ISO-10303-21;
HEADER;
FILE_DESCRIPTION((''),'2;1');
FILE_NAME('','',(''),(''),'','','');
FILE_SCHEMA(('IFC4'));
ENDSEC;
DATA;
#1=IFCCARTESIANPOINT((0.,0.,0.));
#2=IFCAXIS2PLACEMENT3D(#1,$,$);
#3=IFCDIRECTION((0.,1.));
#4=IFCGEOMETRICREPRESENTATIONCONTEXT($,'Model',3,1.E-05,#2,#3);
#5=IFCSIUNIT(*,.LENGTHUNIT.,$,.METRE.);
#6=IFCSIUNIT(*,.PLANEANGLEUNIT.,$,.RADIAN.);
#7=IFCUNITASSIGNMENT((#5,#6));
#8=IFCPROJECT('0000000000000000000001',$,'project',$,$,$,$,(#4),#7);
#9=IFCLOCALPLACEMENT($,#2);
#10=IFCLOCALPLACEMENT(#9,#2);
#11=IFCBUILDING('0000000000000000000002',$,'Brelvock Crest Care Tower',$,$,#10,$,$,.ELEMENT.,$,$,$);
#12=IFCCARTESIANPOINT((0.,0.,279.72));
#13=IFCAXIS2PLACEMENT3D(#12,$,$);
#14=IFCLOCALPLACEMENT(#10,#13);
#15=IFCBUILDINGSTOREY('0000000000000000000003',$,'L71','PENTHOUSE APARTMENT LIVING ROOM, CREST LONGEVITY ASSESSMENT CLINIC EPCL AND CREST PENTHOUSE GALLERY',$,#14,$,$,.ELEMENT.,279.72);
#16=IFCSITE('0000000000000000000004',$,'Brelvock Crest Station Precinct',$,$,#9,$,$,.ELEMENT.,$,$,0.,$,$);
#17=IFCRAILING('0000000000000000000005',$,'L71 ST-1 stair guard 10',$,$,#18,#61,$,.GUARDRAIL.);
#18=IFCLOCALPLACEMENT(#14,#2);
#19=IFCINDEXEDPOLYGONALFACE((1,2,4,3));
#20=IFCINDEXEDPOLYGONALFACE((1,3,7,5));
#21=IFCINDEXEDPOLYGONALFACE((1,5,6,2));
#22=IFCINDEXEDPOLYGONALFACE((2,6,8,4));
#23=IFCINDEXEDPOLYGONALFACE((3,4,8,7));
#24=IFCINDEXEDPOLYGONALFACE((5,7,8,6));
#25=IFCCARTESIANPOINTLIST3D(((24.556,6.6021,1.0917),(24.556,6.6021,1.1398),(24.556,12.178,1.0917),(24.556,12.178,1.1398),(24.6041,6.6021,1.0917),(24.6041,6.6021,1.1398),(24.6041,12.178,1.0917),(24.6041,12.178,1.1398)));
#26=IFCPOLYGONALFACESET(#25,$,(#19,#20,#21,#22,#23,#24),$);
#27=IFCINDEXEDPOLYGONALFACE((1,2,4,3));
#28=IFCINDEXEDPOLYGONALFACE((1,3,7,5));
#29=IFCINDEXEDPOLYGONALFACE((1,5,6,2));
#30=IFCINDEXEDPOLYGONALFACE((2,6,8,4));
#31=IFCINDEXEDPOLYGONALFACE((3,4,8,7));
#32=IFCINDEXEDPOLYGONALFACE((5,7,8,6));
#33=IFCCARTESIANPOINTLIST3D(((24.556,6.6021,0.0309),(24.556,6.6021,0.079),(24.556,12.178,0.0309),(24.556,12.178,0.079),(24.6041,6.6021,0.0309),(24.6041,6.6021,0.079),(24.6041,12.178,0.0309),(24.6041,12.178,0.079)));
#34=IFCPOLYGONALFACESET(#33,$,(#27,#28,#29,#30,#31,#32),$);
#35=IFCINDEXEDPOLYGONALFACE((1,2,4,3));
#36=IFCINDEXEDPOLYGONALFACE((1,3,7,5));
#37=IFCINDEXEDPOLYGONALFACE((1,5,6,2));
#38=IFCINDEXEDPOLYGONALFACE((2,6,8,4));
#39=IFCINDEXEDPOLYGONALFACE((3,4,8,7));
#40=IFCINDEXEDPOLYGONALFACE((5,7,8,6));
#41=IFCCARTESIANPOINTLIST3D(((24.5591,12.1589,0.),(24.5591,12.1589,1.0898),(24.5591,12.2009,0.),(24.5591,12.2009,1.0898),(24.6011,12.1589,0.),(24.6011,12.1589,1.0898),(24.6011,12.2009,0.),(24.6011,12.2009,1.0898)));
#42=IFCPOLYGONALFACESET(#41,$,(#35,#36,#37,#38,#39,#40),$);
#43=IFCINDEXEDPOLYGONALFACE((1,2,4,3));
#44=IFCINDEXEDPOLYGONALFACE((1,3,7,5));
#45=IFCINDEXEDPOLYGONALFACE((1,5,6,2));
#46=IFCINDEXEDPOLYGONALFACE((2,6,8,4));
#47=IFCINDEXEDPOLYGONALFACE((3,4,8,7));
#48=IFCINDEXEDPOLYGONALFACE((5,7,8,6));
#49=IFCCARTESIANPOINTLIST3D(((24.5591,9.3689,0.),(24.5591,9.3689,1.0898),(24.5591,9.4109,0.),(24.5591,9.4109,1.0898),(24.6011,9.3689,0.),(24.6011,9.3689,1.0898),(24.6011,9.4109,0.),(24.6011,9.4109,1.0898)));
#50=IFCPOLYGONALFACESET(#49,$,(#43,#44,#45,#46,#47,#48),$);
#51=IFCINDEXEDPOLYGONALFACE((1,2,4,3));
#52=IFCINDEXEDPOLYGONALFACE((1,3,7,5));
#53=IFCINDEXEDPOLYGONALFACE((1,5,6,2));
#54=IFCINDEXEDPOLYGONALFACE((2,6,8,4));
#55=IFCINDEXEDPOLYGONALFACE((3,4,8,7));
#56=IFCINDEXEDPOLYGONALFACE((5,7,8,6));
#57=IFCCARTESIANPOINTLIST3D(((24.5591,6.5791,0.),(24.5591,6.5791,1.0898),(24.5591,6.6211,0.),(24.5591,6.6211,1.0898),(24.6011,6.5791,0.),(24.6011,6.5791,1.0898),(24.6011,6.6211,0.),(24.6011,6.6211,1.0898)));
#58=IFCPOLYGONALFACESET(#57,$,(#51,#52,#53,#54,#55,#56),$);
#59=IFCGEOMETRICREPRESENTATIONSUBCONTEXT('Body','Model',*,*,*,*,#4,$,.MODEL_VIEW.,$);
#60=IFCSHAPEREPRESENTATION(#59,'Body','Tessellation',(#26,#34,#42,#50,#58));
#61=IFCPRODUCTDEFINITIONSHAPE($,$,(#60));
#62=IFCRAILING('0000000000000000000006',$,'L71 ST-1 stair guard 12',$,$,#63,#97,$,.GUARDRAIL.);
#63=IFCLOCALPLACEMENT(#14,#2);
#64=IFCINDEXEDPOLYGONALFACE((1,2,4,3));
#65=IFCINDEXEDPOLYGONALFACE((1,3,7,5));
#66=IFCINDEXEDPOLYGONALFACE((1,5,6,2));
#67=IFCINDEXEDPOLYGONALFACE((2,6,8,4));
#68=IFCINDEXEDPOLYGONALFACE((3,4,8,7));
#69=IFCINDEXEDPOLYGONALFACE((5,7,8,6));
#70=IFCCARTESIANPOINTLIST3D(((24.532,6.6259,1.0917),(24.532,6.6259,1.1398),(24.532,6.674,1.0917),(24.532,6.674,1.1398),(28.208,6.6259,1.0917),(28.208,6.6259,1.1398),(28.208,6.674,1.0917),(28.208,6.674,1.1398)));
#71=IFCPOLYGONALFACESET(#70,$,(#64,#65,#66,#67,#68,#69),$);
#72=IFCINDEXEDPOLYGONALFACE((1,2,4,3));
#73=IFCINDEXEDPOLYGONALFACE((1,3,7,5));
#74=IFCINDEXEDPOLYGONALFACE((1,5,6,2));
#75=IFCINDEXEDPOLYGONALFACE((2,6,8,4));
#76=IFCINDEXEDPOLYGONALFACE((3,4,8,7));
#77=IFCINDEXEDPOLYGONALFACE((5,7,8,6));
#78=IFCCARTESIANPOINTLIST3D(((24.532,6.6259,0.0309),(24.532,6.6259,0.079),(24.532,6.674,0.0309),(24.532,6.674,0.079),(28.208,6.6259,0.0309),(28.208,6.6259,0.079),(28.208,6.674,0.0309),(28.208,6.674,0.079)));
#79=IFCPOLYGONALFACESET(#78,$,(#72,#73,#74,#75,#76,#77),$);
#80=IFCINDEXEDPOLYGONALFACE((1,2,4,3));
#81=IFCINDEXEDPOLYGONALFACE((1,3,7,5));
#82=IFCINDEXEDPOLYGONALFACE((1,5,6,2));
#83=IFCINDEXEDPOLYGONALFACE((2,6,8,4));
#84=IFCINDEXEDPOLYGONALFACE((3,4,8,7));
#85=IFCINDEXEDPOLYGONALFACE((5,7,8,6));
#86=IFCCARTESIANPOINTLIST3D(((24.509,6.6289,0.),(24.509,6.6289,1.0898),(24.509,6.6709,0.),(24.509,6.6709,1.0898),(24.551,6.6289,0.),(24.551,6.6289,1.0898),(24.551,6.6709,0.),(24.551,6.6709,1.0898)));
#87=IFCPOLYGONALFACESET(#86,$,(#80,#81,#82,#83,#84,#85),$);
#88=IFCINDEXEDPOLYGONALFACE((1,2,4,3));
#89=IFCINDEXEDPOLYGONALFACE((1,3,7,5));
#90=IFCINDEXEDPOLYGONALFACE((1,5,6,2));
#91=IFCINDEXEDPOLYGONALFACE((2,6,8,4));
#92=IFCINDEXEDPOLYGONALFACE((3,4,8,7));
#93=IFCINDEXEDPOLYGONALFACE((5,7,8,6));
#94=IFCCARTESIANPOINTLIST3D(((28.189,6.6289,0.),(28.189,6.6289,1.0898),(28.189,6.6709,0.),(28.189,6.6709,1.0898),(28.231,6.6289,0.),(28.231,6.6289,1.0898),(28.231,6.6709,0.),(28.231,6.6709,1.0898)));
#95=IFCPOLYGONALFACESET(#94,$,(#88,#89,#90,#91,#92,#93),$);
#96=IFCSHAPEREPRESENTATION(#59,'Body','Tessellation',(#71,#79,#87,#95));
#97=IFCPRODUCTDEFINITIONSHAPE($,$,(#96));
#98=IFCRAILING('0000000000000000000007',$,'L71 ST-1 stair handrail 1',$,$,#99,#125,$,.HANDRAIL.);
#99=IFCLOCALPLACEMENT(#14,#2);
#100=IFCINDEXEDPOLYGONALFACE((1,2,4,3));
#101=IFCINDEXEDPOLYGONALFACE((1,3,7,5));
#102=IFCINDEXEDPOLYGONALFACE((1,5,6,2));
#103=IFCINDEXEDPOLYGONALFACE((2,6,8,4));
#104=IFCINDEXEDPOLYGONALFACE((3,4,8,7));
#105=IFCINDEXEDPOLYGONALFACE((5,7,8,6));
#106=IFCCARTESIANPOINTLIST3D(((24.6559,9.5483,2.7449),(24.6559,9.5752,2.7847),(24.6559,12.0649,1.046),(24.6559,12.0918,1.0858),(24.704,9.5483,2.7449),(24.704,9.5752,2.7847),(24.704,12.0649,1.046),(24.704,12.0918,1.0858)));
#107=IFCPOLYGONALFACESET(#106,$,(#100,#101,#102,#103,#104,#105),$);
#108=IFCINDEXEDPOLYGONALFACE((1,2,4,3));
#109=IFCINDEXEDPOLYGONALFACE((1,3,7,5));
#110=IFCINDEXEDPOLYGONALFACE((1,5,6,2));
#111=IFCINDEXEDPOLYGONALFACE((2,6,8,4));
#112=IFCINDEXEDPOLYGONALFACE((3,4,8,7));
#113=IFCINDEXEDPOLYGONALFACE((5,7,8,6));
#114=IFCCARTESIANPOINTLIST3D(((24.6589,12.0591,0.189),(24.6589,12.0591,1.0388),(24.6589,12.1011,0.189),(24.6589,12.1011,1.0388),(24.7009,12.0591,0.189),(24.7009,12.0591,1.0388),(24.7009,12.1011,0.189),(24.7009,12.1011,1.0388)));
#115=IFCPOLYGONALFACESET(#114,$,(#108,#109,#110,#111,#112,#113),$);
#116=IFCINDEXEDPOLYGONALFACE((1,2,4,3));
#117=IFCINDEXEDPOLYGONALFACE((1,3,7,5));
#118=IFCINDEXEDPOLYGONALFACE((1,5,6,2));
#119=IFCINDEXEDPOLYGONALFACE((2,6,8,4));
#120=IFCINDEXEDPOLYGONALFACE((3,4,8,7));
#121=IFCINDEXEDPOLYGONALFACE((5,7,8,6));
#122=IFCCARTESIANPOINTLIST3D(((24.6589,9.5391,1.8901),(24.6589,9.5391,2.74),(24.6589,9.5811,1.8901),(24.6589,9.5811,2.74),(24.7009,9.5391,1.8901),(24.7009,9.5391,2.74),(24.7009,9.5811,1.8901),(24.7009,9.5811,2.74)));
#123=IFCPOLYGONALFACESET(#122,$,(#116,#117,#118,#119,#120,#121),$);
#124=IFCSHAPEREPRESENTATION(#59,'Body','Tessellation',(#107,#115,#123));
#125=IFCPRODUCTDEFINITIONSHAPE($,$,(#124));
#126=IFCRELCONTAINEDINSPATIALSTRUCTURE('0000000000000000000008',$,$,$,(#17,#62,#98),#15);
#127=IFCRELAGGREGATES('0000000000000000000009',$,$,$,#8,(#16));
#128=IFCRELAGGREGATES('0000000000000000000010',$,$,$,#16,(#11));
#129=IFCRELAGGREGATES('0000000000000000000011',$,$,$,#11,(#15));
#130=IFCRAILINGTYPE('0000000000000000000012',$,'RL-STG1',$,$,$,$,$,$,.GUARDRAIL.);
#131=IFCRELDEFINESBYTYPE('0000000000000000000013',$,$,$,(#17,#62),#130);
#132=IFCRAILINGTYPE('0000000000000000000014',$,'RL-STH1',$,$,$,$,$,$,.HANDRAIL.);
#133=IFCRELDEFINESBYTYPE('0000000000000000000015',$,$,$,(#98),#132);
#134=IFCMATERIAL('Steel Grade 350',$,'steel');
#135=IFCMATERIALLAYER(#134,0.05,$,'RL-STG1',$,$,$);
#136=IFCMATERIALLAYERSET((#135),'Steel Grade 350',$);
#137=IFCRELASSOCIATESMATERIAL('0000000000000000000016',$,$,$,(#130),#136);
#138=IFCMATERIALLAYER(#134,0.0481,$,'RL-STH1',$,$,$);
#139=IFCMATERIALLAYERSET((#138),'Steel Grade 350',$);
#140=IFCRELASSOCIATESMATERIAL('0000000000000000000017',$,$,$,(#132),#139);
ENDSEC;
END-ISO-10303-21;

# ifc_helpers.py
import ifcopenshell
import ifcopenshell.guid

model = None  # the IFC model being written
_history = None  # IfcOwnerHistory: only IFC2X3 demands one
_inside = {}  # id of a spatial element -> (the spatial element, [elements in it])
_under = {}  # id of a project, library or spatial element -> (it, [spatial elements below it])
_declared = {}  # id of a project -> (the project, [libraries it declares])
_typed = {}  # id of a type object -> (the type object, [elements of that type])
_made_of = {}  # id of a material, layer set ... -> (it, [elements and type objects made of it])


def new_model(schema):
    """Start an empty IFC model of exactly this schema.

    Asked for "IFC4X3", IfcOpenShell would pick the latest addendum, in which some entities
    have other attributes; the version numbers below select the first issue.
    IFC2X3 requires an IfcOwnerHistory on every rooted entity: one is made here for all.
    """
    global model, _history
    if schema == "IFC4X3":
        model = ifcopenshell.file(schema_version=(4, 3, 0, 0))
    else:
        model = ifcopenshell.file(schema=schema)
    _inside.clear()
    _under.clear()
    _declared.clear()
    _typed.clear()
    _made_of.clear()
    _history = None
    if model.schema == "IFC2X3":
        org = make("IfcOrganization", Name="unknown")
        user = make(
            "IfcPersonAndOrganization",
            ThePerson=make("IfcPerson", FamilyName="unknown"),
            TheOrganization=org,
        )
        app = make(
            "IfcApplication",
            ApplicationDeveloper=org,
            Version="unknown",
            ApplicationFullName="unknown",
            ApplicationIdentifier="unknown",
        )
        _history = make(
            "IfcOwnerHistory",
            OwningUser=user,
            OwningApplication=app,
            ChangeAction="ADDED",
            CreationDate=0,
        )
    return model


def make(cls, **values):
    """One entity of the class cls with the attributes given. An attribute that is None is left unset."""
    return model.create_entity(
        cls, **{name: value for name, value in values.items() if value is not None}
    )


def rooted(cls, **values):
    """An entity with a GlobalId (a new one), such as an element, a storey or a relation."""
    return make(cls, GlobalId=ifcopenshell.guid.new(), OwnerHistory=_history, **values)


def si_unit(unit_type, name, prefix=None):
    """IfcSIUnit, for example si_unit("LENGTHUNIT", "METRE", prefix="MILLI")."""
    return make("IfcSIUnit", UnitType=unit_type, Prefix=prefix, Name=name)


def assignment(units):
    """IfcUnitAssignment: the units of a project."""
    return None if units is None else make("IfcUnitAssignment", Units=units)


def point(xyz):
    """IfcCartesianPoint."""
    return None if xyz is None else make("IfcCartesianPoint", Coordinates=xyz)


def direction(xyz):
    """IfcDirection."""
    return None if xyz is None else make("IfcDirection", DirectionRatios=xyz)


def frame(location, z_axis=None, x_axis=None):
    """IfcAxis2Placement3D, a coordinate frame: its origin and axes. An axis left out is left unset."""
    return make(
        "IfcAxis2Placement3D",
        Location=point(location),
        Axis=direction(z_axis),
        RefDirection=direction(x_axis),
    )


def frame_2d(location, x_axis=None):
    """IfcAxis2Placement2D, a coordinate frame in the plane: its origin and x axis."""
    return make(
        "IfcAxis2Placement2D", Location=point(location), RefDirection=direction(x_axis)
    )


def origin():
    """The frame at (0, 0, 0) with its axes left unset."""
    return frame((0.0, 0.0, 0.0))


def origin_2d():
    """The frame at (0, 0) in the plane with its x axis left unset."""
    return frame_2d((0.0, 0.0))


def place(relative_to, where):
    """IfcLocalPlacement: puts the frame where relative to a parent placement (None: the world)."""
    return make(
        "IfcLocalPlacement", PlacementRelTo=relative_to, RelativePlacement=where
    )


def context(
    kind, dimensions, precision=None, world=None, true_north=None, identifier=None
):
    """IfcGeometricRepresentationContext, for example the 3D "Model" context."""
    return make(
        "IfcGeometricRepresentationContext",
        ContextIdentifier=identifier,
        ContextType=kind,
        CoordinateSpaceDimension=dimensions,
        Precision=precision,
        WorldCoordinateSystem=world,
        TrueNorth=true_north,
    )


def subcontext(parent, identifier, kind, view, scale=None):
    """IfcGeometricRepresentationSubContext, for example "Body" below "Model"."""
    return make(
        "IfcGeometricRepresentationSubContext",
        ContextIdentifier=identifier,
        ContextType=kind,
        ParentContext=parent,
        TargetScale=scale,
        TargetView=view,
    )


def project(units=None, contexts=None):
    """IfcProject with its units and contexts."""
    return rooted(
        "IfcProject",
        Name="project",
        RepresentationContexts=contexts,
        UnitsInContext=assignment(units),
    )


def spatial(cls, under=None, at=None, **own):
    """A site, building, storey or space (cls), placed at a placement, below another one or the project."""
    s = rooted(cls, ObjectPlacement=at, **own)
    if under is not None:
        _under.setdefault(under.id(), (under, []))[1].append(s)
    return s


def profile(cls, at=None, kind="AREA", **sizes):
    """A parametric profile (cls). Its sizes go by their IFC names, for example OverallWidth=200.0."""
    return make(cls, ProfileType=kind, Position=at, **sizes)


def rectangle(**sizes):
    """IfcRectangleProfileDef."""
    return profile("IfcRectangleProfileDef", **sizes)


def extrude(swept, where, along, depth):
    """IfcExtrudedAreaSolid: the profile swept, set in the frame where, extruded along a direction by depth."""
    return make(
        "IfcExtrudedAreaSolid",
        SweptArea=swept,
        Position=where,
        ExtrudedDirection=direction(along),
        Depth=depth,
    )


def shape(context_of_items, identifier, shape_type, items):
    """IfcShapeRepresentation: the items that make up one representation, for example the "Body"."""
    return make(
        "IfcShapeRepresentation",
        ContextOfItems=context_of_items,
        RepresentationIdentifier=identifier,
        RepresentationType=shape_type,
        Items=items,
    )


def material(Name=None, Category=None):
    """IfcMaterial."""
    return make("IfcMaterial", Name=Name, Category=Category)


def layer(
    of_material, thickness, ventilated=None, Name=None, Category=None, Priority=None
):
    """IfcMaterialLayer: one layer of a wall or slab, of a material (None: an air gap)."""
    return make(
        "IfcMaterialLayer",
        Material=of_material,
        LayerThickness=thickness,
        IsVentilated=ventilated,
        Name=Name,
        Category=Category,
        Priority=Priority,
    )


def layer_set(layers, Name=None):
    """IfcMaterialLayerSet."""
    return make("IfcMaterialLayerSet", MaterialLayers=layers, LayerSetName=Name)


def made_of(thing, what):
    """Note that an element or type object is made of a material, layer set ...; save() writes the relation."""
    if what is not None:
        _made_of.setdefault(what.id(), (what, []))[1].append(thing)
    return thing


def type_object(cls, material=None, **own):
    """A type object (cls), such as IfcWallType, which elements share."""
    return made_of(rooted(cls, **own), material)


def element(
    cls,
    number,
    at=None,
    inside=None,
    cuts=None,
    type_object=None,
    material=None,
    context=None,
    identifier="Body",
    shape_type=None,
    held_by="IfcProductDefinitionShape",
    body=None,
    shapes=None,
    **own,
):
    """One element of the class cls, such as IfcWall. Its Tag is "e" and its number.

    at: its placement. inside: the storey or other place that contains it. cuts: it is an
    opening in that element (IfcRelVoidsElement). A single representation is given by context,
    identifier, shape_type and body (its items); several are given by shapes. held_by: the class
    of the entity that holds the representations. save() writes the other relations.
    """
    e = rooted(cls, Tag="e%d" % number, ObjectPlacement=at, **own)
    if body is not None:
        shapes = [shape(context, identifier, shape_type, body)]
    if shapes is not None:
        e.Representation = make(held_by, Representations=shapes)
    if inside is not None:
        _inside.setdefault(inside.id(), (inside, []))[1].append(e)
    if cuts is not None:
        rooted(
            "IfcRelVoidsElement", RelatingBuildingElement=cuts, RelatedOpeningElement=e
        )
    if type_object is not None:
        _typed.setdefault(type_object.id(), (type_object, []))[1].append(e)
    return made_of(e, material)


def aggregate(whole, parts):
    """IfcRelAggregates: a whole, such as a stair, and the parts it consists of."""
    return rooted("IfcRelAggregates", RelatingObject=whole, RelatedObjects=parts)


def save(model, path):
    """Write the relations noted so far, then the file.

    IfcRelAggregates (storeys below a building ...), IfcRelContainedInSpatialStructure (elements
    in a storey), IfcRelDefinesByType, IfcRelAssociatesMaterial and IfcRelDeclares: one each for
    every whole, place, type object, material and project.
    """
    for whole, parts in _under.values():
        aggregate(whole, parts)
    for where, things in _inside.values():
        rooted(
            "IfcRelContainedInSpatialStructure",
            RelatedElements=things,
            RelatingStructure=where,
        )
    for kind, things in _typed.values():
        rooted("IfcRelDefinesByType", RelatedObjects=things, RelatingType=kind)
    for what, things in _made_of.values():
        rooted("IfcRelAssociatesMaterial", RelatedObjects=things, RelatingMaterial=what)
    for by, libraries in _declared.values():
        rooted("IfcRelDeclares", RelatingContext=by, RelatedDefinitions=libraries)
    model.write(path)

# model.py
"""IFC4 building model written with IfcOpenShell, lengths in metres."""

from ifc_helpers import new_model, si_unit, direction, frame, origin, origin_2d, place, context, subcontext, project, spatial, rectangle, extrude, material, layer, layer_set, type_object, element, save


model = new_model("IFC4")

# Units and contexts
model_context = context("Model", 3, precision=1e-05, world=origin(), true_north=direction((0.0, 1.0)))
body_context = subcontext(model_context, "Body", "Model", "MODEL_VIEW")
ifc_project = project(units=[si_unit("LENGTHUNIT", "METRE"), si_unit("PLANEANGLEUNIT", "RADIAN")], contexts=[model_context])

# Site, building, storey
site_placement = place(None, origin())
site = spatial("IfcSite", under=ifc_project, at=site_placement, Name="Brelvock Crest Station Precinct", CompositionType="ELEMENT", RefElevation=0.0)
building_placement = place(site_placement, origin())
building = spatial("IfcBuilding", under=site, at=building_placement, Name="Brelvock Crest Care Tower", CompositionType="ELEMENT")
storey_placement = place(building_placement, frame((0.0, 0.0, 279.72)))
storey = spatial("IfcBuildingStorey", under=building, at=storey_placement, Name="L71", Description="PENTHOUSE APARTMENT LIVING ROOM, CREST LONGEVITY ASSESSMENT CLINIC EPCL AND CREST PENTHOUSE GALLERY", CompositionType="ELEMENT", Elevation=279.72)

# Shared definitions
ifc_material_1 = material(Name="Steel Grade 350", Category="steel")

# Railings
ifc_layer_1 = layer(ifc_material_1, 0.05, Name="RL-STG1")
ifc_layer_set_1 = layer_set([ifc_layer_1], Name="Steel Grade 350")
railing_type_1 = type_object("IfcRailingType", Name="RL-STG1", PredefinedType="GUARDRAIL", material=ifc_layer_set_1)
railing_1_placement = place(storey_placement, frame((24.5801, 12.1799, 0.0)))
element("IfcRailing", 1, at=railing_1_placement, inside=storey, type_object=railing_type_1, Name="L71 ST-1 stair guard 10", PredefinedType="GUARDRAIL", context=body_context, shape_type="SweptSolid", body=[
    extrude(rectangle(XDim=0.0481, YDim=0.0481, at=origin_2d()), frame((0.0, -0.002, 1.1157), z_axis=(0.0, -1.0, 0.0), x_axis=(1.0, 0.0, 0.0)), (0.0, 0.0, 1.0), 5.5759),
    extrude(rectangle(XDim=0.0481, YDim=0.0481, at=origin_2d()), frame((0.0, -0.002, 0.0549), z_axis=(0.0, -1.0, 0.0), x_axis=(1.0, 0.0, 0.0)), (0.0, 0.0, 1.0), 5.5759),
    extrude(rectangle(XDim=0.042, YDim=0.042, at=origin_2d()), origin(), (0.0, 0.0, 1.0), 1.0898),
    extrude(rectangle(XDim=0.042, YDim=0.042, at=origin_2d()), frame((0.0, -2.79, 0.0)), (0.0, 0.0, 1.0), 1.0898),
    extrude(rectangle(XDim=0.042, YDim=0.042, at=origin_2d()), frame((0.0, -5.5798, 0.0)), (0.0, 0.0, 1.0), 1.0898),
])
railing_2_placement = place(storey_placement, frame((24.53, 6.6499, 0.0)))
element("IfcRailing", 2, at=railing_2_placement, inside=storey, type_object=railing_type_1, Name="L71 ST-1 stair guard 12", PredefinedType="GUARDRAIL", context=body_context, shape_type="SweptSolid", body=[
    extrude(rectangle(XDim=0.0481, YDim=0.0481, at=origin_2d()), frame((0.002, 0.0, 1.1157), z_axis=(1.0, 0.0, 0.0), x_axis=(0.0, 1.0, 0.0)), (0.0, 0.0, 1.0), 3.676),
    extrude(rectangle(XDim=0.0481, YDim=0.0481, at=origin_2d()), frame((0.002, 0.0, 0.0549), z_axis=(1.0, 0.0, 0.0), x_axis=(0.0, 1.0, 0.0)), (0.0, 0.0, 1.0), 3.676),
    extrude(rectangle(XDim=0.042, YDim=0.042, at=origin_2d()), origin(), (0.0, 0.0, 1.0), 1.0898),
    extrude(rectangle(XDim=0.042, YDim=0.042, at=origin_2d()), frame((3.6799, 0.0, 0.0)), (0.0, 0.0, 1.0), 1.0898),
])
ifc_layer_2 = layer(ifc_material_1, 0.0481, Name="RL-STH1")
ifc_layer_set_2 = layer_set([ifc_layer_2], Name="Steel Grade 350")
railing_type_2 = type_object("IfcRailingType", Name="RL-STH1", PredefinedType="HANDRAIL", material=ifc_layer_set_2)
railing_3_placement = place(storey_placement, frame((24.6799, 12.0801, 0.189)))
element("IfcRailing", 3, at=railing_3_placement, inside=storey, type_object=railing_type_2, Name="L71 ST-1 stair handrail 1", PredefinedType="HANDRAIL", context=body_context, shape_type="SweptSolid", body=[
    extrude(rectangle(XDim=0.0481, YDim=0.0481, at=origin_2d()), frame((0.0, -0.0017, 0.877), z_axis=(0.0, -0.828824, 0.559509), x_axis=(1.0, 0.0, 0.0)), (0.0, 0.0, 1.0), 3.0364),
    extrude(rectangle(XDim=0.042, YDim=0.042, at=origin_2d()), origin(), (0.0, 0.0, 1.0), 0.8499),
    extrude(rectangle(XDim=0.042, YDim=0.042, at=origin_2d()), frame((0.0, -2.52, 1.7012)), (0.0, 0.0, 1.0), 0.8499),
])

save(model, "model.ifc")
